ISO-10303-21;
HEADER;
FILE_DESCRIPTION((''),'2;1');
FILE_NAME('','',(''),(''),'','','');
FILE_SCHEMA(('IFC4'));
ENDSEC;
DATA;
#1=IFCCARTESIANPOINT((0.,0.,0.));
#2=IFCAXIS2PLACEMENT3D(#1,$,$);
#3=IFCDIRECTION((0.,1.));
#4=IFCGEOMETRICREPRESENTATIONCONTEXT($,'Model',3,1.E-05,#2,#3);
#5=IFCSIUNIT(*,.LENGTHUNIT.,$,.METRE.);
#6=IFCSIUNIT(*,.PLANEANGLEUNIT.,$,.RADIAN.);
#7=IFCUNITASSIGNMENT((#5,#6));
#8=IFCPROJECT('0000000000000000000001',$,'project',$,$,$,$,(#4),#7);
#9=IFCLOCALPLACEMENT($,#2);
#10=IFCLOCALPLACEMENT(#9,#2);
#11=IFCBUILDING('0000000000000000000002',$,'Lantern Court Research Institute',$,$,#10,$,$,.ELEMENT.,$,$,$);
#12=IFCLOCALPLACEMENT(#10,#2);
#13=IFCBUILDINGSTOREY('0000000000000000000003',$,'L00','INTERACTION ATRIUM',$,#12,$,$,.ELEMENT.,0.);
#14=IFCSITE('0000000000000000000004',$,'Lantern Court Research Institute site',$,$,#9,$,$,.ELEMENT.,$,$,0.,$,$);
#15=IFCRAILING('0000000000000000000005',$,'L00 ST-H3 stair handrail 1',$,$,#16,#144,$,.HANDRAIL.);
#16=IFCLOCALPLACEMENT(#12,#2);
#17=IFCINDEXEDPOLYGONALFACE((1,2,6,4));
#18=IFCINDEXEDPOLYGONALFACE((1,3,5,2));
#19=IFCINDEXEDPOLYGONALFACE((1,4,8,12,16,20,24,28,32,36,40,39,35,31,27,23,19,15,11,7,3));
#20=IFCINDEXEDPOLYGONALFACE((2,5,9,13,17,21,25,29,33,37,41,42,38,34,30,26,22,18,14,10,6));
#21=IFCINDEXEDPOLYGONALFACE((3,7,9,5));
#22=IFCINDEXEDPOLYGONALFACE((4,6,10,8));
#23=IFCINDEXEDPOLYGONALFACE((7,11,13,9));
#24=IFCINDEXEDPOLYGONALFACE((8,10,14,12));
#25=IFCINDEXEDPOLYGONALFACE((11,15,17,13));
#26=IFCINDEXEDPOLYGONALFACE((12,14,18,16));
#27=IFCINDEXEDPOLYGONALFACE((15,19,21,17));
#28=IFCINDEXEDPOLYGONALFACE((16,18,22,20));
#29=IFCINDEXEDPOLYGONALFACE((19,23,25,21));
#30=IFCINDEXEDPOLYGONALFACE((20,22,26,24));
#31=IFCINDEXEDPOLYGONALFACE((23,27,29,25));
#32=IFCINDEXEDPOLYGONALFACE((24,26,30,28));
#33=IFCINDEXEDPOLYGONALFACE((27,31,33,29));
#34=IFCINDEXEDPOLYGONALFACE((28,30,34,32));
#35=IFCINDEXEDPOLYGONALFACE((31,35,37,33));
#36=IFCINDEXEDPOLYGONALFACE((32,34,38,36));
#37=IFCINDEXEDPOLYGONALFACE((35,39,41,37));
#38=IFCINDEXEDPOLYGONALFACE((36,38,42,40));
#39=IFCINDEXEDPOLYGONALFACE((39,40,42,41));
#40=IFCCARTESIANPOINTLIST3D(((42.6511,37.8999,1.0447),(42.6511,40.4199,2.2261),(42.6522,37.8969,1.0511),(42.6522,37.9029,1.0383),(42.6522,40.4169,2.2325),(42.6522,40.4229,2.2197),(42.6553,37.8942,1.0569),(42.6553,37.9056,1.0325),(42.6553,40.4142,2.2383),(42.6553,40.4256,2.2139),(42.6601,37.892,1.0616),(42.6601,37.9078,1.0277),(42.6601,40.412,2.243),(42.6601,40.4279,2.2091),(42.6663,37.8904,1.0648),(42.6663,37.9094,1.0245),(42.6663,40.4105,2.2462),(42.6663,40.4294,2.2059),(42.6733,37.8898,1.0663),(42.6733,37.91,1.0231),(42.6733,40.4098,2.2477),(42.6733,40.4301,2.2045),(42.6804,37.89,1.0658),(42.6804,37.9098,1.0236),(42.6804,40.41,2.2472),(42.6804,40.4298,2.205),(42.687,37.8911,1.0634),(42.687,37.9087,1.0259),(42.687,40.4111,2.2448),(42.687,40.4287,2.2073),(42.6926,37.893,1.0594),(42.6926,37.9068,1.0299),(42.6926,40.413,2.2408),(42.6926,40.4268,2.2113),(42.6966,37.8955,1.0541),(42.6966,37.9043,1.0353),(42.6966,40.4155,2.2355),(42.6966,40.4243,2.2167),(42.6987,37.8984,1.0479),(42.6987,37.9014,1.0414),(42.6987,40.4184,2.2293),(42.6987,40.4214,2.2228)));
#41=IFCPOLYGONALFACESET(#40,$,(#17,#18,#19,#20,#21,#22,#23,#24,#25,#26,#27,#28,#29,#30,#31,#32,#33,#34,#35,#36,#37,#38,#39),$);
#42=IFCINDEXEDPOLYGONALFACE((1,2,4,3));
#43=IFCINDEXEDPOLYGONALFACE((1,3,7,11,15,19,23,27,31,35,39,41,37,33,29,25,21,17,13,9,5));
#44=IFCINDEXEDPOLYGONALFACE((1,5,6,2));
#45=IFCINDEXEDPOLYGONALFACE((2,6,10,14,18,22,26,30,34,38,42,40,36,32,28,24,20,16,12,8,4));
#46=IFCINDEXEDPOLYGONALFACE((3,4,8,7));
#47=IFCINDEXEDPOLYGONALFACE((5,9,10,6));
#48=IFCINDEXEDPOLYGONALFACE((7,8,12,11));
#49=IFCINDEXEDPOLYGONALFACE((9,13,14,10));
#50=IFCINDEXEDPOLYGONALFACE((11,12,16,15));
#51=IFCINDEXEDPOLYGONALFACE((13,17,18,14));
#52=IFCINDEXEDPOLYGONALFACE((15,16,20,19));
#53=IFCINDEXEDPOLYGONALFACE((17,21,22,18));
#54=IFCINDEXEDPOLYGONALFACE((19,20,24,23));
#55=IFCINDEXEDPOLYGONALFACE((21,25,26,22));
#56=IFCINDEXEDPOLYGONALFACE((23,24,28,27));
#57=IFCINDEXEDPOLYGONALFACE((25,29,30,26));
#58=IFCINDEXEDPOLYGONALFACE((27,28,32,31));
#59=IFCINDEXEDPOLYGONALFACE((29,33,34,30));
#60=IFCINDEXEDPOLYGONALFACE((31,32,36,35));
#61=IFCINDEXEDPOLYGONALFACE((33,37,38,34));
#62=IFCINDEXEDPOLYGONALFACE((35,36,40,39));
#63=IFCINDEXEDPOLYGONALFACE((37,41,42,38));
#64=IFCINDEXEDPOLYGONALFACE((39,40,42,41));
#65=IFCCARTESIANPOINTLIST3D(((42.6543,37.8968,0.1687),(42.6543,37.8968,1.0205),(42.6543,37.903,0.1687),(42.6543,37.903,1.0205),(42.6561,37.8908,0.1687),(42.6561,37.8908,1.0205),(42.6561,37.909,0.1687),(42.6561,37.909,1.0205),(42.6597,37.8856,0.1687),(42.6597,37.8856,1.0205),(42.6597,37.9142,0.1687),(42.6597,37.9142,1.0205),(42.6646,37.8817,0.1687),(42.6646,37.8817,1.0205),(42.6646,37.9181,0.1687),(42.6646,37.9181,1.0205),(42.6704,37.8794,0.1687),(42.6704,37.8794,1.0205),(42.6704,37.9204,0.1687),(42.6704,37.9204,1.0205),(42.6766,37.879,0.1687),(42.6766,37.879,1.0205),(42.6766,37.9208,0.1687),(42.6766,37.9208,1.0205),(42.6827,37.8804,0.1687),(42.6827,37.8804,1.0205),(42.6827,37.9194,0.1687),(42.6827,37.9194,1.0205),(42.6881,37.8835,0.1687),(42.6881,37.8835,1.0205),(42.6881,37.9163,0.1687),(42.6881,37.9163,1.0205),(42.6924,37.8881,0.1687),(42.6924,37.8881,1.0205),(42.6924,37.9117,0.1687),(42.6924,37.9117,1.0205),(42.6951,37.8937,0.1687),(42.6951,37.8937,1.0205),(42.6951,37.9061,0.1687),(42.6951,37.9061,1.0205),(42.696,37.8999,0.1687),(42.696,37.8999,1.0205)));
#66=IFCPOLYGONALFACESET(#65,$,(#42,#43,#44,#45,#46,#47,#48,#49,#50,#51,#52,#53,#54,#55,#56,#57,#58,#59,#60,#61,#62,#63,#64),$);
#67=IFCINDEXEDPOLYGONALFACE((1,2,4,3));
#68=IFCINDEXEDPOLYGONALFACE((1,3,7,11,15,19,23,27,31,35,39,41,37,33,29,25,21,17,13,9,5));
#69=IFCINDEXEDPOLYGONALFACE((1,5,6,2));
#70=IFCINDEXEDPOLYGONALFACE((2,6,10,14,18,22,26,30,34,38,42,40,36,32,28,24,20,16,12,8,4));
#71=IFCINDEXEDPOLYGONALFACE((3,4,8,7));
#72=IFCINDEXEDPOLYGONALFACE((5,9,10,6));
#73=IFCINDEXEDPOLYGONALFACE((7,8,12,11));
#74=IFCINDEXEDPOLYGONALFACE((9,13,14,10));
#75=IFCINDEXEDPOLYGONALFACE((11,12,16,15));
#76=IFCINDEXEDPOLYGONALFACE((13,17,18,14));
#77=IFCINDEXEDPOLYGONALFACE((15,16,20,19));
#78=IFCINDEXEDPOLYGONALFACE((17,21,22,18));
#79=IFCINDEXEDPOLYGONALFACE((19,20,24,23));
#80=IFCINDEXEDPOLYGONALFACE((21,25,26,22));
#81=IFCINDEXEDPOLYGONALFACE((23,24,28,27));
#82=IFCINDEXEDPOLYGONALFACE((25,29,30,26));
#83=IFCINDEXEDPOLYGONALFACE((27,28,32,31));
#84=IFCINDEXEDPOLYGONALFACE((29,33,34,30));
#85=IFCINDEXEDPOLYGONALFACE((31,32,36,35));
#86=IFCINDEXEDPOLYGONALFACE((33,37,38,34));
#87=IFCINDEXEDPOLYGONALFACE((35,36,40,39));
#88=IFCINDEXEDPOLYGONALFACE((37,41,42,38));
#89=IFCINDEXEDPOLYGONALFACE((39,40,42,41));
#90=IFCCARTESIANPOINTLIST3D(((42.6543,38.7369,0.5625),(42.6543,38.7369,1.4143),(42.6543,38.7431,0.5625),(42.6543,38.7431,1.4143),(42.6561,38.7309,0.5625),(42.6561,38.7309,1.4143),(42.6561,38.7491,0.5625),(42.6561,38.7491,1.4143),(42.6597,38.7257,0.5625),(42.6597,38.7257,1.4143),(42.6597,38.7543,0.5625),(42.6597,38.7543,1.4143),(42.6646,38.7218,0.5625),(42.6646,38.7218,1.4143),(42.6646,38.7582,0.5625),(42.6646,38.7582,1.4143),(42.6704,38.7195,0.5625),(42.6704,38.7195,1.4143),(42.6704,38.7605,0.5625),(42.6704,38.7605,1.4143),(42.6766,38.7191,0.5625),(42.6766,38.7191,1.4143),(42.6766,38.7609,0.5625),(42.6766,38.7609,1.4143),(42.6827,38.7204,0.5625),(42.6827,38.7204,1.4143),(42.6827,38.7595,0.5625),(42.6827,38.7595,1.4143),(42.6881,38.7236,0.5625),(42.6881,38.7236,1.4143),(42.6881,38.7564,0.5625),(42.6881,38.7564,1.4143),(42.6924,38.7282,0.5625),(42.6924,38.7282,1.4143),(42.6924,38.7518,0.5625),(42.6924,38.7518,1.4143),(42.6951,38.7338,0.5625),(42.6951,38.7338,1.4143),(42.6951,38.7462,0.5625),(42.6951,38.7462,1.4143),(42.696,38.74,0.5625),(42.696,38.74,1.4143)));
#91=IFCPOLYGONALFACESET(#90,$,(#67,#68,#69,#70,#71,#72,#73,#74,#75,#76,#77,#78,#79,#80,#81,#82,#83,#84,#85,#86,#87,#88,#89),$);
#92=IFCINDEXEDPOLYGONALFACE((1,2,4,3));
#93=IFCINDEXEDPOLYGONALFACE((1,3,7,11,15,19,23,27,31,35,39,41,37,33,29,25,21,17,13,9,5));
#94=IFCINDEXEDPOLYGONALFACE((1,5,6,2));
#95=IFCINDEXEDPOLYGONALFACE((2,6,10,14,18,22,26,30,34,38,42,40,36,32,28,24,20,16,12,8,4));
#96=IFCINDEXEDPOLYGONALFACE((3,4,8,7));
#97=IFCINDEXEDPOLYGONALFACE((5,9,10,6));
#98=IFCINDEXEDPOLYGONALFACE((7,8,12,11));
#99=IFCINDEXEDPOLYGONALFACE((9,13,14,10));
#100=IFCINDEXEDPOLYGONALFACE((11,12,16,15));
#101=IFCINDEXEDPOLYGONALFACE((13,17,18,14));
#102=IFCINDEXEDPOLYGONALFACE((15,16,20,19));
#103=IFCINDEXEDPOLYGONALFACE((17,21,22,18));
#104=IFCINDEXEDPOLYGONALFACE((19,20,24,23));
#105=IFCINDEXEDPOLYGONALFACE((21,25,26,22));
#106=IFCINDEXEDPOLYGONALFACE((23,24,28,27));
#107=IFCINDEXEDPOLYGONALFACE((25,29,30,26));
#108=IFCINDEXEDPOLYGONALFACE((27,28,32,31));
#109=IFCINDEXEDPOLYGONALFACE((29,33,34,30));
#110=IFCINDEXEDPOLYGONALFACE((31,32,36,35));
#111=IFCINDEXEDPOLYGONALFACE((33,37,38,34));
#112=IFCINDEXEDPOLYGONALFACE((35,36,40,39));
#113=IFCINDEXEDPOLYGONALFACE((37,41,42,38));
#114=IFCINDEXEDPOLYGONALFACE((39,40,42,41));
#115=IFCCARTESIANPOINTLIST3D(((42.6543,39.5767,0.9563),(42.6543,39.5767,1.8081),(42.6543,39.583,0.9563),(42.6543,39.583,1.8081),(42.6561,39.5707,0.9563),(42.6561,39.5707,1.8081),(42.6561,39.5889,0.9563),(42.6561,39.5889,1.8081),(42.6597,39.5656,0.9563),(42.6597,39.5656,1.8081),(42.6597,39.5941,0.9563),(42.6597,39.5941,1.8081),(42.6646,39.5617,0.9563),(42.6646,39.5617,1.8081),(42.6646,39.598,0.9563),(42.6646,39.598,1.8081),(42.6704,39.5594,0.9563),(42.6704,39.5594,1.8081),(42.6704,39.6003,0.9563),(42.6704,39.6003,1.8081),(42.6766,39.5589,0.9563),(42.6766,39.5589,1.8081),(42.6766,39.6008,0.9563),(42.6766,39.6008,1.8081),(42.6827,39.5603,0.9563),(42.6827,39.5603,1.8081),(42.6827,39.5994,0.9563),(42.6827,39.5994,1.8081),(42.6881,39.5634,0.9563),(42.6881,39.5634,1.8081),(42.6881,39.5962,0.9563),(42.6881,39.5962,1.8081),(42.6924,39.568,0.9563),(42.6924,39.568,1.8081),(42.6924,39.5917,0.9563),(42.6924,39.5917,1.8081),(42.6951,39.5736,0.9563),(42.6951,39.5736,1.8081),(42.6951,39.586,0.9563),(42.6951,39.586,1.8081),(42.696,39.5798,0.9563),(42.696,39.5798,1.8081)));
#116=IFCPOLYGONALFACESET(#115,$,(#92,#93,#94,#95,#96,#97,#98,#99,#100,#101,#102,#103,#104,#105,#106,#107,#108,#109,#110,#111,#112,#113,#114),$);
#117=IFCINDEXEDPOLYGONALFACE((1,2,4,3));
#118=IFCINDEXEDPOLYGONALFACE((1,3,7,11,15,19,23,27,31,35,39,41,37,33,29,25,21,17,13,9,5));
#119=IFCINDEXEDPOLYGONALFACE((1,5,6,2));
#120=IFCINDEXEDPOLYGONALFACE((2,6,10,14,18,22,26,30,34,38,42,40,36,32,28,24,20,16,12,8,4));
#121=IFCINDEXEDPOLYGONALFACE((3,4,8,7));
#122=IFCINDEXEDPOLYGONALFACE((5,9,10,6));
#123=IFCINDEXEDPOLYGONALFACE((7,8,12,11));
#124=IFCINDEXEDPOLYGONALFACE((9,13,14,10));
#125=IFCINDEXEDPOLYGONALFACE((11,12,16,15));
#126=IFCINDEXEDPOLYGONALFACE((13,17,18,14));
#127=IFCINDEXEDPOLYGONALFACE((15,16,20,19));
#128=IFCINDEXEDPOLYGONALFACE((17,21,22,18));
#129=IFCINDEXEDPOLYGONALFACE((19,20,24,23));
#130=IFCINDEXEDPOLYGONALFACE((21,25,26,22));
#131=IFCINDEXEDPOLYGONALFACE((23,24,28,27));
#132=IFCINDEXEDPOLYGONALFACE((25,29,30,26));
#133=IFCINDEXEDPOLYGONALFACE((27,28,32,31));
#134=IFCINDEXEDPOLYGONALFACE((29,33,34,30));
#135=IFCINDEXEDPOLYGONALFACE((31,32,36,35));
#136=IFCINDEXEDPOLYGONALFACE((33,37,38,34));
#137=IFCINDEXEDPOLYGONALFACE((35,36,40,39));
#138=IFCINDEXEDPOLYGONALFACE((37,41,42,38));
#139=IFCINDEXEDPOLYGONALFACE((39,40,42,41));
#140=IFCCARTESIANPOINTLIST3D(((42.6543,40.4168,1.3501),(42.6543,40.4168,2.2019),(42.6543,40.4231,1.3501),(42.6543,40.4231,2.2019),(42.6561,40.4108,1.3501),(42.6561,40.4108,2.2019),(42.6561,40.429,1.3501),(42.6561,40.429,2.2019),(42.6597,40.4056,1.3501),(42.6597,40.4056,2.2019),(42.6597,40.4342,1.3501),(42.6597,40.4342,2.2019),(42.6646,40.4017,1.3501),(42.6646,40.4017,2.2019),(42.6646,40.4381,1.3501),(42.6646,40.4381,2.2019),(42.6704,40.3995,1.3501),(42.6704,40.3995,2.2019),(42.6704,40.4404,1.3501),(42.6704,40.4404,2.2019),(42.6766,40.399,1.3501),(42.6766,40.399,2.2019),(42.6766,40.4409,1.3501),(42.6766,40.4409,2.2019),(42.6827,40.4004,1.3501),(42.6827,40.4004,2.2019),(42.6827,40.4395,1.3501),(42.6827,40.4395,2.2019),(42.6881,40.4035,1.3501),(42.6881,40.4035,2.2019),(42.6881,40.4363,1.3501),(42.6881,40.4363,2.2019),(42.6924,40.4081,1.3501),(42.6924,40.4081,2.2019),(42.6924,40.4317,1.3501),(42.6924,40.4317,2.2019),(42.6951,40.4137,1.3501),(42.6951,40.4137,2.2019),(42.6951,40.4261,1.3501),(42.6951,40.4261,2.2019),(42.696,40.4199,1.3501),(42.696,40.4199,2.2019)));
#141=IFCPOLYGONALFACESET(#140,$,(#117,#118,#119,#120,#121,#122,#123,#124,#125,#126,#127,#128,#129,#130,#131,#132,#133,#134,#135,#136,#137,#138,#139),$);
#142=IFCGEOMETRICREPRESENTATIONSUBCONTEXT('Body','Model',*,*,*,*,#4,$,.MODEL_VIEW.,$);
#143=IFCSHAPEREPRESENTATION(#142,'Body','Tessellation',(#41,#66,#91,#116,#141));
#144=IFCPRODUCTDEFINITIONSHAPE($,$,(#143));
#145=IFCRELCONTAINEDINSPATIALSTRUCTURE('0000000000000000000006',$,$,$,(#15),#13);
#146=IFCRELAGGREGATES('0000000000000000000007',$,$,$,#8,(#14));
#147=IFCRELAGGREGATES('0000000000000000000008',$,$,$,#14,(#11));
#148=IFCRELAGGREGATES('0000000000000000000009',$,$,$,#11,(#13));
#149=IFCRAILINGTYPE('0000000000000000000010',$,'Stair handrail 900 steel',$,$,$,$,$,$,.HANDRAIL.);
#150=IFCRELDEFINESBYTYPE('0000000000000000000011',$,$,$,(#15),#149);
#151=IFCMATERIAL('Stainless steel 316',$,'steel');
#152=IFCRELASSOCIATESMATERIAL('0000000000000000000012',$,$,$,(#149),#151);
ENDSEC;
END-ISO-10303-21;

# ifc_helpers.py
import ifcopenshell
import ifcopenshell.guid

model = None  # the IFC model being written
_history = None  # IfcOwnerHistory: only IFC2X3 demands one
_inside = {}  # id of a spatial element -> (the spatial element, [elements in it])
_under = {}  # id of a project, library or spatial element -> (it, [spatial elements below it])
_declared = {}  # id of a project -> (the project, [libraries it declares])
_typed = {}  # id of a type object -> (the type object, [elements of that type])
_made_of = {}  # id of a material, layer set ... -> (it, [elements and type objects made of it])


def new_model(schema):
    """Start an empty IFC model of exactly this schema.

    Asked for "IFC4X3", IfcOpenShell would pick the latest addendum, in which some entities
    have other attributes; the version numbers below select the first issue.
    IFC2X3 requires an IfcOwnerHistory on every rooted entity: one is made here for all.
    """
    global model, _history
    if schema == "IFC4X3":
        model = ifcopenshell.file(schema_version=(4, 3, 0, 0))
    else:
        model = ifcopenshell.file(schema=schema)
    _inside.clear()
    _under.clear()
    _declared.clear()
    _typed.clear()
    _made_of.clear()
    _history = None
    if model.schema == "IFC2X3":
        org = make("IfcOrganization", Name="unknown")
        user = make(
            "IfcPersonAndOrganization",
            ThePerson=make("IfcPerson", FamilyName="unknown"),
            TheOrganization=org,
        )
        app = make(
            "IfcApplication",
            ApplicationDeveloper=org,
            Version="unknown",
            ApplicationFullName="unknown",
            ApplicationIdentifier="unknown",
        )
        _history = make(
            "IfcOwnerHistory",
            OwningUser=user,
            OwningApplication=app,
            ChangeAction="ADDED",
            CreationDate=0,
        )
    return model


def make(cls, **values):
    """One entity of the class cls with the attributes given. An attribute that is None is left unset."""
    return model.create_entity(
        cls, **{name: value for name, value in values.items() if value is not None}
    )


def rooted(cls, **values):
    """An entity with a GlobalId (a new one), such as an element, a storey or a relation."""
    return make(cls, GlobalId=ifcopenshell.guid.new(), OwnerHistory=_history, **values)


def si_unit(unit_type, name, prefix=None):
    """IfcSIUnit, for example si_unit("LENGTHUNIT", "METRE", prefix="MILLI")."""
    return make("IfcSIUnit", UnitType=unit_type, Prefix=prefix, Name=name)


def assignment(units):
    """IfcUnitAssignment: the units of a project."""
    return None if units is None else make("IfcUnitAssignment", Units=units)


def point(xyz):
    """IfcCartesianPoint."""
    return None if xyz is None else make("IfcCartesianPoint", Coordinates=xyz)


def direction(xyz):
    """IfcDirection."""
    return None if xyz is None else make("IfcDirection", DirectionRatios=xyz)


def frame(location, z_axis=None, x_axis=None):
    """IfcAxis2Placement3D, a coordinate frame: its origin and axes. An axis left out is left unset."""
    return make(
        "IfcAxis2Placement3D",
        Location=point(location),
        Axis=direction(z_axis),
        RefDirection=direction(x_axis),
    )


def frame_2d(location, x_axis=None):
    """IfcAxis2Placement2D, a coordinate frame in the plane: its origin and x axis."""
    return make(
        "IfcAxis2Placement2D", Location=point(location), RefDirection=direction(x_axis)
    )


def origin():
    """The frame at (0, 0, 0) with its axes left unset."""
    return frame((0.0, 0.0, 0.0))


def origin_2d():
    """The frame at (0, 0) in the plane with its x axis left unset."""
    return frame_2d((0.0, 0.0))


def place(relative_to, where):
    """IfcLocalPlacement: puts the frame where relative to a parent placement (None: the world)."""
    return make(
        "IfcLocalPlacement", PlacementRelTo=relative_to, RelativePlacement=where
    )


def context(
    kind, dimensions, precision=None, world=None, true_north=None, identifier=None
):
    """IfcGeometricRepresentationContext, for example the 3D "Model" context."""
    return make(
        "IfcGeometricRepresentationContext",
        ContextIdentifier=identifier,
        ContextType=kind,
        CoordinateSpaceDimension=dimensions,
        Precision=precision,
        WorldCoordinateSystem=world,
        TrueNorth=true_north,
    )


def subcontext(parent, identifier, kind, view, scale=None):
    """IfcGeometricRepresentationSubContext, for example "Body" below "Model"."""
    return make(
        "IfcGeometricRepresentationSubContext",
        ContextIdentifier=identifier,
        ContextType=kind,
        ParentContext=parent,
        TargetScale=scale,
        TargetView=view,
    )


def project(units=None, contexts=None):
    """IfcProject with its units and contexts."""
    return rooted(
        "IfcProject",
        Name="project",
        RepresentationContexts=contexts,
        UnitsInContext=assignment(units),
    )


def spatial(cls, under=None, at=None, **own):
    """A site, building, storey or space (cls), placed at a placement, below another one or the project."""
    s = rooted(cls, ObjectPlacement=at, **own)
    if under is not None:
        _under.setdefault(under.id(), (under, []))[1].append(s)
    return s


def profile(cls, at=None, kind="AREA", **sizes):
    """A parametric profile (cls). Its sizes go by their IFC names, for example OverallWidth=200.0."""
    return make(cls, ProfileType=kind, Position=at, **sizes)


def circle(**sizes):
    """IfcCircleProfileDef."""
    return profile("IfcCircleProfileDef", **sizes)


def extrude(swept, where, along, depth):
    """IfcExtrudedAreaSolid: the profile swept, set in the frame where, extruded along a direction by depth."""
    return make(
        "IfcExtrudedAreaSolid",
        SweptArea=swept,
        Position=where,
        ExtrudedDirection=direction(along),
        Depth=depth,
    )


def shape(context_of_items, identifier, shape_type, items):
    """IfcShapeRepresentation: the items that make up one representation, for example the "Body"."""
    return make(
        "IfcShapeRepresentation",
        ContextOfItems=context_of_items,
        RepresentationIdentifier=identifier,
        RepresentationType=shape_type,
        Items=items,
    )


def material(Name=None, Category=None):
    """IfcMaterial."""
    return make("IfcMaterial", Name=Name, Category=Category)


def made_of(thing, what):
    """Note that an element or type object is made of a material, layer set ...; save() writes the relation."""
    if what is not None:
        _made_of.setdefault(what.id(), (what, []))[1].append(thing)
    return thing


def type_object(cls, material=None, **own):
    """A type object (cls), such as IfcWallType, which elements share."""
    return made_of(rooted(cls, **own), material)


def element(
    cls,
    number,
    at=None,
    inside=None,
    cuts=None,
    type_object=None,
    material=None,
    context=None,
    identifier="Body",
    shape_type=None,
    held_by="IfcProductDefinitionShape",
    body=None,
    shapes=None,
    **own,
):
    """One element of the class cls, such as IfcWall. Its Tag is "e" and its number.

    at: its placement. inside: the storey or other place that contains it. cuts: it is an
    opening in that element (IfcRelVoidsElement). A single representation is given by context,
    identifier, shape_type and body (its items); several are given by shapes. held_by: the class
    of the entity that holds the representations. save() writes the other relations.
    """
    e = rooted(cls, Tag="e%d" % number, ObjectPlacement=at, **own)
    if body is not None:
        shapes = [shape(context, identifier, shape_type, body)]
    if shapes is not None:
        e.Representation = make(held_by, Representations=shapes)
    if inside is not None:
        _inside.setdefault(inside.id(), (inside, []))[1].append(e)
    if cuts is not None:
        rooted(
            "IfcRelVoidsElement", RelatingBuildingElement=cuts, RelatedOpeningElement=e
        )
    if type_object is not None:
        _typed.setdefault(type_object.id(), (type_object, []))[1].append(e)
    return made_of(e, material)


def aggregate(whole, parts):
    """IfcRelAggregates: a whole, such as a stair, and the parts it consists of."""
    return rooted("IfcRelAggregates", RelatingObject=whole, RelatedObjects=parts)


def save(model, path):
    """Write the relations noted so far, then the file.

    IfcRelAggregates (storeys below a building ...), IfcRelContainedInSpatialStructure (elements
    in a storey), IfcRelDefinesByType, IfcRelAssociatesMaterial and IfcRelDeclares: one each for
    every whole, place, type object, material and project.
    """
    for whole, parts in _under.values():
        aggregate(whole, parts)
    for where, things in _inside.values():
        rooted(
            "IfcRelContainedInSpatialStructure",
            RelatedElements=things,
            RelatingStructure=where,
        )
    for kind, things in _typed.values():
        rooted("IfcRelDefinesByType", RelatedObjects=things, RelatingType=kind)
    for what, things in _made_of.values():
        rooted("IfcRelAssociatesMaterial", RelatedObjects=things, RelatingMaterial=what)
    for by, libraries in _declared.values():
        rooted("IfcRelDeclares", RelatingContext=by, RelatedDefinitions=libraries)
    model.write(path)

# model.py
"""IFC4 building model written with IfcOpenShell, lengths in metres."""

from ifc_helpers import new_model, si_unit, direction, frame, origin, origin_2d, place, context, subcontext, project, spatial, circle, extrude, material, type_object, element, save


model = new_model("IFC4")

# Units and contexts
model_context = context("Model", 3, precision=1e-05, world=origin(), true_north=direction((0.0, 1.0)))
body_context = subcontext(model_context, "Body", "Model", "MODEL_VIEW")
ifc_project = project(units=[si_unit("LENGTHUNIT", "METRE"), si_unit("PLANEANGLEUNIT", "RADIAN")], contexts=[model_context])

# Site, building, storey
site_placement = place(None, origin())
site = spatial("IfcSite", under=ifc_project, at=site_placement, Name="Lantern Court Research Institute site", CompositionType="ELEMENT", RefElevation=0.0)
building_placement = place(site_placement, origin())
building = spatial("IfcBuilding", under=site, at=building_placement, Name="Lantern Court Research Institute", CompositionType="ELEMENT")
storey_placement = place(building_placement, origin())
storey = spatial("IfcBuildingStorey", under=building, at=storey_placement, Name="L00", Description="INTERACTION ATRIUM", CompositionType="ELEMENT", Elevation=0.0)

# Railing
ifc_material_1 = material(Name="Stainless steel 316", Category="steel")
railing_type_1 = type_object("IfcRailingType", Name="Stair handrail 900 steel", PredefinedType="HANDRAIL", material=ifc_material_1)
for number, where, name in (
    (1, (42.675, 37.8999, 0.1687), "L00 ST-H3 stair handrail 1"),
):
    element("IfcRailing", number, at=place(storey_placement, frame(where)), inside=storey, type_object=railing_type_1, Name=name, PredefinedType="HANDRAIL", context=body_context, shape_type="SweptSolid", body=[
        extrude(circle(Radius=0.0239, at=origin_2d()), frame((0.0, 0.0, 0.876), z_axis=(0.0, 0.90544, 0.424474), x_axis=(-1.0, 0.0, 0.0)), (0.0, 0.0, 1.0), 2.7832),
        extrude(circle(Radius=0.021, at=origin_2d()), origin(), (0.0, 0.0, 1.0), 0.8518),
        extrude(circle(Radius=0.021, at=origin_2d()), frame((0.0, 0.8401, 0.3938)), (0.0, 0.0, 1.0), 0.8518),
        extrude(circle(Radius=0.021, at=origin_2d()), frame((0.0, 1.6799, 0.7876)), (0.0, 0.0, 1.0), 0.8518),
        extrude(circle(Radius=0.021, at=origin_2d()), frame((0.0, 2.52, 1.1814)), (0.0, 0.0, 1.0), 0.8518),
    ])

save(model, "model.ifc")
